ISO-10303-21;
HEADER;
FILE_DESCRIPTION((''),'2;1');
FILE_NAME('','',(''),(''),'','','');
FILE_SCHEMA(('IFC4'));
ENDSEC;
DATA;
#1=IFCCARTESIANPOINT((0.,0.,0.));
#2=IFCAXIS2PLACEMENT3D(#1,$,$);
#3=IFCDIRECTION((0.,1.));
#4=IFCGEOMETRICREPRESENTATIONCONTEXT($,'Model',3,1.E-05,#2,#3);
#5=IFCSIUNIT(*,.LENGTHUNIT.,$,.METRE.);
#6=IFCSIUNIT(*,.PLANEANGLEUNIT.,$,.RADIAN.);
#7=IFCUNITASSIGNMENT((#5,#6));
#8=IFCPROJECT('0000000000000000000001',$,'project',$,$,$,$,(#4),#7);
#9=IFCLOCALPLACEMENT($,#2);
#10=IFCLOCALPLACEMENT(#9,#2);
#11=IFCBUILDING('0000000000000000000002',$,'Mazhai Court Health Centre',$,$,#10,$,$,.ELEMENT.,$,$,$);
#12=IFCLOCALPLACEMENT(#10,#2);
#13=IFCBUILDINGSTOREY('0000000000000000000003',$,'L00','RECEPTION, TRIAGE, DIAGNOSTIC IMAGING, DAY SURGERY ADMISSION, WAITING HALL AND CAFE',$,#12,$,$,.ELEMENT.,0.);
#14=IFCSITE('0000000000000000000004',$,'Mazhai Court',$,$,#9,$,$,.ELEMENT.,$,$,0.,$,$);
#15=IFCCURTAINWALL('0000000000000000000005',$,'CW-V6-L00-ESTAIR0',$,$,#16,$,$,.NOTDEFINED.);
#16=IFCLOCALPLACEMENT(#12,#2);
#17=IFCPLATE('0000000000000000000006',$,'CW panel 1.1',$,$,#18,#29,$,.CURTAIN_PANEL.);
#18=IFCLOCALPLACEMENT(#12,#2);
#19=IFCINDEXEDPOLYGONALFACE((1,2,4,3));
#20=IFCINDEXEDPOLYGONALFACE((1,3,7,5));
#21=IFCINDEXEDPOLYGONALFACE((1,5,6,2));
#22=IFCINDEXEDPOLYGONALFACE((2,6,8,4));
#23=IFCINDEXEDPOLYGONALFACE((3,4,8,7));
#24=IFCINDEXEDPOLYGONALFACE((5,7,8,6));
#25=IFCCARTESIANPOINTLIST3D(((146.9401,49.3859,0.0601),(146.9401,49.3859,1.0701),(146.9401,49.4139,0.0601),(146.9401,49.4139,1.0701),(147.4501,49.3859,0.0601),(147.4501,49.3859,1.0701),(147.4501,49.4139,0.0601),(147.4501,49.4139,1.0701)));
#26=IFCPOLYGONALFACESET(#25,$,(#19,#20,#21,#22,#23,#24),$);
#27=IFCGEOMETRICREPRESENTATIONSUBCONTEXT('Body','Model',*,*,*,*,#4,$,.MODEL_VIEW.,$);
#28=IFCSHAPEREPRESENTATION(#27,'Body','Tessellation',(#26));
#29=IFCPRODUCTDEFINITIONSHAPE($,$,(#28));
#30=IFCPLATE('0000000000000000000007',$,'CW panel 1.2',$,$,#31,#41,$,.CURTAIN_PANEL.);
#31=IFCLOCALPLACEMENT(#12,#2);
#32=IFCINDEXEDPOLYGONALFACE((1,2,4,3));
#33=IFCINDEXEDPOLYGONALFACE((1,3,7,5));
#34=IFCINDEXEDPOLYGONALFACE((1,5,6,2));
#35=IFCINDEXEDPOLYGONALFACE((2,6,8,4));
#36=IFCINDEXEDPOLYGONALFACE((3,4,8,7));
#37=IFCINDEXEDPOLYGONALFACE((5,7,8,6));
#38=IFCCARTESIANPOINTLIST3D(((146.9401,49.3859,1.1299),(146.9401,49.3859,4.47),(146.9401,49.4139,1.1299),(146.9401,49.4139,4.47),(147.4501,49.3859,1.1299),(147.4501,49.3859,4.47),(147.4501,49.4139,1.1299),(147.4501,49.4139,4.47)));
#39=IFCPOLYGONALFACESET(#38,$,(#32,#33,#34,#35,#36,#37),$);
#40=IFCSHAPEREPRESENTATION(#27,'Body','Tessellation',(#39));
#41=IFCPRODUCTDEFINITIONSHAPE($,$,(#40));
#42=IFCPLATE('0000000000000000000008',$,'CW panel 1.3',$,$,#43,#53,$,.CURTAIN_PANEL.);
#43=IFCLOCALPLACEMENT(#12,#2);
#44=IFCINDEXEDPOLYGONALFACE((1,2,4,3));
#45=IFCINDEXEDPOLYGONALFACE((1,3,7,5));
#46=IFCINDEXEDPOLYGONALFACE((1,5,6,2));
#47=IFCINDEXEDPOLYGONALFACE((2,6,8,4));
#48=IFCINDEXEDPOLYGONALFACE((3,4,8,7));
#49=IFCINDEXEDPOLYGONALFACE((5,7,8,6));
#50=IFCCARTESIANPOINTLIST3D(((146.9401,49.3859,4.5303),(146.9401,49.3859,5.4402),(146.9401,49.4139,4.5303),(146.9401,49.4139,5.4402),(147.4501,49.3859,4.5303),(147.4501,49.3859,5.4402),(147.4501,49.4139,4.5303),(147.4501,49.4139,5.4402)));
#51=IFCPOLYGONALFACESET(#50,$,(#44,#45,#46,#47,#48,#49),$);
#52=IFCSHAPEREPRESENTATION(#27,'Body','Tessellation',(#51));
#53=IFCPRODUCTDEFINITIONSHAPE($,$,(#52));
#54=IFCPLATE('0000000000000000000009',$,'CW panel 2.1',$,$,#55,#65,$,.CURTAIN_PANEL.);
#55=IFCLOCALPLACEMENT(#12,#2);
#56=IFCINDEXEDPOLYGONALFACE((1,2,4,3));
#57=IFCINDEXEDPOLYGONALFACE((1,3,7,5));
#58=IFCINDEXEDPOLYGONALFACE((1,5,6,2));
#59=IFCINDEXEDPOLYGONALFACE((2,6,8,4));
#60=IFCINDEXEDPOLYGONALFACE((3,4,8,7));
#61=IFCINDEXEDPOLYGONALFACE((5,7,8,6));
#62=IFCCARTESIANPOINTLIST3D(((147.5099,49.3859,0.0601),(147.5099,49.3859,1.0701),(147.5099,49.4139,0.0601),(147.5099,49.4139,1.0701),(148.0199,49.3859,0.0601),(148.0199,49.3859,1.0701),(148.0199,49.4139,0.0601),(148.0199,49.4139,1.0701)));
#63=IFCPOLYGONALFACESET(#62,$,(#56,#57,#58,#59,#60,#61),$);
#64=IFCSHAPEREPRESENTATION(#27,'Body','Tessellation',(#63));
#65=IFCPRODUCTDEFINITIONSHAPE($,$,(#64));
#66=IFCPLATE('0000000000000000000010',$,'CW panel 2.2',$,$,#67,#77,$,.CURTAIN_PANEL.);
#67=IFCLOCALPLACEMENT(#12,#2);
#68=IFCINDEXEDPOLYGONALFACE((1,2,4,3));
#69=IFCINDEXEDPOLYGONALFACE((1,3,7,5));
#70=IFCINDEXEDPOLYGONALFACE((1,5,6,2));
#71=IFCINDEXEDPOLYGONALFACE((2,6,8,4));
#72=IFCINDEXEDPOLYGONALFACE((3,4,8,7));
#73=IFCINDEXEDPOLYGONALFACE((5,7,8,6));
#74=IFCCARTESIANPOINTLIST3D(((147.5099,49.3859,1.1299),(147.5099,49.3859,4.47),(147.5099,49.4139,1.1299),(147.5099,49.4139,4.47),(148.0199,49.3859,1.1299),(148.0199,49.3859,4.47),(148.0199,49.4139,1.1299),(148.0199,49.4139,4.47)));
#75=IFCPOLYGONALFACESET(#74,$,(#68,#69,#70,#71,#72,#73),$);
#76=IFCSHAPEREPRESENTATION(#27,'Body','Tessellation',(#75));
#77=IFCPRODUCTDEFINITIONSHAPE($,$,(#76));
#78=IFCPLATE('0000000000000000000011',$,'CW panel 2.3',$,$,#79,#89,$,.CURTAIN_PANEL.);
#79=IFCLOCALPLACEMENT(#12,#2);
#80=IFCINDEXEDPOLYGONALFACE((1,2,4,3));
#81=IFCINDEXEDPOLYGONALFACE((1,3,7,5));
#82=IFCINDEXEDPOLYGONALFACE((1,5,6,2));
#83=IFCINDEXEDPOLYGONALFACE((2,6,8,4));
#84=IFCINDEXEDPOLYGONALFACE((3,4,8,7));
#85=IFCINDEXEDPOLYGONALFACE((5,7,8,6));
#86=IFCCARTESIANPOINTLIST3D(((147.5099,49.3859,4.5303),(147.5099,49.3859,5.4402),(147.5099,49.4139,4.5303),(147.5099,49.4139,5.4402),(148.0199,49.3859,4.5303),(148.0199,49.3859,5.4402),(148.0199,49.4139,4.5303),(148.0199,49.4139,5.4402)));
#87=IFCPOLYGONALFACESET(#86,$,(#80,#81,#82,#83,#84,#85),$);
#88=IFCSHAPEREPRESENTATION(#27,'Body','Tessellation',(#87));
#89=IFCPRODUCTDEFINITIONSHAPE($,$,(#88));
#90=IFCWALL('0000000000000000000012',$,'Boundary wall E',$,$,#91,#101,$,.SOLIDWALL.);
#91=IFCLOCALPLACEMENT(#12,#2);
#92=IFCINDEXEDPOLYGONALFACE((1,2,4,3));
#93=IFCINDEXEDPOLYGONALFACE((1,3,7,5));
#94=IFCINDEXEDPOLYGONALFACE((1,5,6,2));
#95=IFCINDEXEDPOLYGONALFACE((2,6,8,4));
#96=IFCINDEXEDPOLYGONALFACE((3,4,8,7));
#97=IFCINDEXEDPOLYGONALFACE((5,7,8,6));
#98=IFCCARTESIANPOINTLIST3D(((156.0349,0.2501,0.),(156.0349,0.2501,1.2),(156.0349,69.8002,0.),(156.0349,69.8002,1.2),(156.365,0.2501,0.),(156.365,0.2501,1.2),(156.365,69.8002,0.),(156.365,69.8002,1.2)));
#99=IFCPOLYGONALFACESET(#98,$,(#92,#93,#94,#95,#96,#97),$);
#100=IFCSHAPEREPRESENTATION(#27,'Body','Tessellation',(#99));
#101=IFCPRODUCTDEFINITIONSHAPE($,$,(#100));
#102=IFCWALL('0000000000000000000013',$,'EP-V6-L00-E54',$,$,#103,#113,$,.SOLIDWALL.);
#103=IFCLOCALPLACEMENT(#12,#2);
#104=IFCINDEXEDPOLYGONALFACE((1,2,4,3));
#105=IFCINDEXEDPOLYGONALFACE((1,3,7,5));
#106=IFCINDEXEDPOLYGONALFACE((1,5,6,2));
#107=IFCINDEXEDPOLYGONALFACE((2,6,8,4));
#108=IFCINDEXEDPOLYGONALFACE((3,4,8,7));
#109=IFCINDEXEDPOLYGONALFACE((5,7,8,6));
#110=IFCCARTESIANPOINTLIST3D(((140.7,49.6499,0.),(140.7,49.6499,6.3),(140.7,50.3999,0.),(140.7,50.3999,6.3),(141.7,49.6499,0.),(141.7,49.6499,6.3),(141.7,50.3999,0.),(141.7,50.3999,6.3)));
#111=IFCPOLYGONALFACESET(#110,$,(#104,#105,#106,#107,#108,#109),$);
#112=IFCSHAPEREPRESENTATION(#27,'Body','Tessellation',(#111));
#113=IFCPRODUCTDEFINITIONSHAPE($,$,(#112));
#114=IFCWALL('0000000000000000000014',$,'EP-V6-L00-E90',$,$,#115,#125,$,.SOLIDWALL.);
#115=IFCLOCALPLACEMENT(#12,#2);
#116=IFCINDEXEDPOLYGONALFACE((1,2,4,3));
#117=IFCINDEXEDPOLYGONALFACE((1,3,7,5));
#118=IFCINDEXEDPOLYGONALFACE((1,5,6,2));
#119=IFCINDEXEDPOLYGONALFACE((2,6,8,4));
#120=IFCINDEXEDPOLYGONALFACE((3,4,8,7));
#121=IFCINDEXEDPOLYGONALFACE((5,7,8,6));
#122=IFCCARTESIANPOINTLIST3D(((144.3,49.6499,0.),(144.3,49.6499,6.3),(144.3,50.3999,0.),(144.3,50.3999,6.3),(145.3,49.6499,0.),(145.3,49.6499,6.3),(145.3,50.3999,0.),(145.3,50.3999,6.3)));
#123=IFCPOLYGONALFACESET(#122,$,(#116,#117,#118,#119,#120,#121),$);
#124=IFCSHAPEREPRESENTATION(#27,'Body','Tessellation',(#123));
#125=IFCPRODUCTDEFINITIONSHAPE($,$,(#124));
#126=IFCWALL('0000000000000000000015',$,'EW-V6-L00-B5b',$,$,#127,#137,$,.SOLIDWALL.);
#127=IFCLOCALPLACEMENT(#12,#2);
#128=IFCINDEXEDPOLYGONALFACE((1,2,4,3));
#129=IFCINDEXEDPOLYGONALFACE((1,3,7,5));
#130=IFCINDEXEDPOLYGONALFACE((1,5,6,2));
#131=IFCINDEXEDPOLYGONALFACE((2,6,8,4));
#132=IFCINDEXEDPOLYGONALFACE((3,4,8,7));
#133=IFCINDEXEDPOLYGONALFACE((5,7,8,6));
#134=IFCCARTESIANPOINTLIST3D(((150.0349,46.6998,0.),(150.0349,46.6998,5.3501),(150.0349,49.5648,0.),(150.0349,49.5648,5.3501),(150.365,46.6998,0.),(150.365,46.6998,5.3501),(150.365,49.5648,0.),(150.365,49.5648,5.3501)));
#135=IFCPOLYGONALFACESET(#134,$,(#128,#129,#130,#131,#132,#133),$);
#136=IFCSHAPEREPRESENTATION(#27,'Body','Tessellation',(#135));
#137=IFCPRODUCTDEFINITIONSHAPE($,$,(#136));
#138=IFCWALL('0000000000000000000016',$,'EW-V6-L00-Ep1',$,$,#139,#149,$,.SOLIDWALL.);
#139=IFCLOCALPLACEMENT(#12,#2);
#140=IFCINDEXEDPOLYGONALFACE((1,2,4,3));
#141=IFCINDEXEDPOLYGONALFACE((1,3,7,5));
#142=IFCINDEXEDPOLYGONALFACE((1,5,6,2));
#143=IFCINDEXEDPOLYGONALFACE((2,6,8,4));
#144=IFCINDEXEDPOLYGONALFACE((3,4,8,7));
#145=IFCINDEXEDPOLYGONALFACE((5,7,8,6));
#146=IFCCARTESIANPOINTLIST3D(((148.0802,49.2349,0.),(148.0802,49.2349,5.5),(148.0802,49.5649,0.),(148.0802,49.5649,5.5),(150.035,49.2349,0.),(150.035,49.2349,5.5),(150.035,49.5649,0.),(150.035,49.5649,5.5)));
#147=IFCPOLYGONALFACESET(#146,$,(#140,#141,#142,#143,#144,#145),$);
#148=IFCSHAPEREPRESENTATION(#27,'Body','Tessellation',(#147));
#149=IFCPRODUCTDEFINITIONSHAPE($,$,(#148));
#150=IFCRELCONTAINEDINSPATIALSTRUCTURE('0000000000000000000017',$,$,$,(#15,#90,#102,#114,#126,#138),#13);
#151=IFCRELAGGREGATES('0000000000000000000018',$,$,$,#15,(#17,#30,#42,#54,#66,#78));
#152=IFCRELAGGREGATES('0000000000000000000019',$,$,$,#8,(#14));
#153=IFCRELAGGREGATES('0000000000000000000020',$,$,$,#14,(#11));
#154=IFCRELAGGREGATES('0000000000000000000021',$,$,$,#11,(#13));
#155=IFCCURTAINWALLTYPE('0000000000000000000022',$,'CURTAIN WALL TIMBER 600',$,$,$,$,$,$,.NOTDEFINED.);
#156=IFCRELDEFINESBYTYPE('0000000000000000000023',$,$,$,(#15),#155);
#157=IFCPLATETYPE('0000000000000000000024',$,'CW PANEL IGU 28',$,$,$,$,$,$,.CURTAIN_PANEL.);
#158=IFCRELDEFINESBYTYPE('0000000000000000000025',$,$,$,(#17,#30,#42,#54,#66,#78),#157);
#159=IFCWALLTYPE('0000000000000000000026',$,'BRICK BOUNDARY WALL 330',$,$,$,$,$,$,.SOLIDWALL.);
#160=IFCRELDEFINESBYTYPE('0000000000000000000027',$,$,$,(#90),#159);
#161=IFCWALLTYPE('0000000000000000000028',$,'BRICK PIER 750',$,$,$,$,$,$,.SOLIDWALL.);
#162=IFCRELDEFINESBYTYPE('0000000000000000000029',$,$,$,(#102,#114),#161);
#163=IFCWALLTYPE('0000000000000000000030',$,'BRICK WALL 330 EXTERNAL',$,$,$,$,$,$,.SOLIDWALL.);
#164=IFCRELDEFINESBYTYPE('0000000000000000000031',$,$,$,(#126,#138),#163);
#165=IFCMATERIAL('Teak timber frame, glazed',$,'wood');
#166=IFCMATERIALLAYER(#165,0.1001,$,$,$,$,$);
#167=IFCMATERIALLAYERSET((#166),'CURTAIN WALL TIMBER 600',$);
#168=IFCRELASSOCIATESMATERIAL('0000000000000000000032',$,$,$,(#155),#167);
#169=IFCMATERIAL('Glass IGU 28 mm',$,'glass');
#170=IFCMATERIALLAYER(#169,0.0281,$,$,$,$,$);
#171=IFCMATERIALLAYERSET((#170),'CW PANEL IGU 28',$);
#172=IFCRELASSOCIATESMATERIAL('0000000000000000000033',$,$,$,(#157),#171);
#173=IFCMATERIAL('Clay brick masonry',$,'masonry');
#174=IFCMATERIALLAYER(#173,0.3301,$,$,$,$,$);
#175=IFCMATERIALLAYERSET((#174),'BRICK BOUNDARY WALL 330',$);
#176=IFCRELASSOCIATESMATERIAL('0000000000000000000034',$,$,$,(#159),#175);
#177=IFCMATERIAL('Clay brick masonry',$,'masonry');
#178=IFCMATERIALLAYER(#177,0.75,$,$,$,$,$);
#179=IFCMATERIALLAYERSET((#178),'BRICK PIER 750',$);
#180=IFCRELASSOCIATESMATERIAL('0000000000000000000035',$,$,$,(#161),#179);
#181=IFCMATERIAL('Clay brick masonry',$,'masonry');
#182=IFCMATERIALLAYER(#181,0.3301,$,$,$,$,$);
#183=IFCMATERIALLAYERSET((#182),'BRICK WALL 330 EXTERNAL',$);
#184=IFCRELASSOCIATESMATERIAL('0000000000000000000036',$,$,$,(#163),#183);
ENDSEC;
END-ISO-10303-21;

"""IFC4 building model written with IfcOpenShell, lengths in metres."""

from ifc_helpers import new_model, si_unit, direction, frame, frame_2d, origin, origin_2d, place, context, subcontext, project, spatial, rectangle, extrude, material, layer, layer_set, type_object, element, aggregate, save


model = new_model("IFC4")

# Units and contexts
model_context = context("Model", 3, precision=1e-05, world=origin(), true_north=direction((0.0, 1.0)))
body_context = subcontext(model_context, "Body", "Model", "MODEL_VIEW")
ifc_project = project(units=[si_unit("LENGTHUNIT", "METRE"), si_unit("PLANEANGLEUNIT", "RADIAN")], contexts=[model_context])

# Site, building, storey
site_placement = place(None, origin())
site = spatial("IfcSite", under=ifc_project, at=site_placement, Name="Mazhai Court", CompositionType="ELEMENT", RefElevation=0.0)
building_placement = place(site_placement, origin())
building = spatial("IfcBuilding", under=site, at=building_placement, Name="Mazhai Court Health Centre", CompositionType="ELEMENT")
storey_placement = place(building_placement, origin())
storey = spatial("IfcBuildingStorey", under=building, at=storey_placement, Name="L00", Description="RECEPTION, TRIAGE, DIAGNOSTIC IMAGING, DAY SURGERY ADMISSION, WAITING HALL AND CAFE", CompositionType="ELEMENT", Elevation=0.0)

# Curtain wall, plates
ifc_material_1 = material(Name="Teak timber frame, glazed", Category="wood")
ifc_layer_1 = layer(ifc_material_1, 0.1001)
ifc_layer_set_1 = layer_set([ifc_layer_1], Name="CURTAIN WALL TIMBER 600")
curtain_wall_type = type_object("IfcCurtainWallType", Name="CURTAIN WALL TIMBER 600", PredefinedType="NOTDEFINED", material=ifc_layer_set_1)
curtain_wall_placement = place(storey_placement, origin())
curtain_wall = element("IfcCurtainWall", 1, at=curtain_wall_placement, inside=storey, type_object=curtain_wall_type, Name="CW-V6-L00-ESTAIR0", PredefinedType="NOTDEFINED")
ifc_material_2 = material(Name="Glass IGU 28 mm", Category="glass")
ifc_layer_2 = layer(ifc_material_2, 0.0281)
ifc_layer_set_2 = layer_set([ifc_layer_2], Name="CW PANEL IGU 28")
plate_type = type_object("IfcPlateType", Name="CW PANEL IGU 28", PredefinedType="CURTAIN_PANEL", material=ifc_layer_set_2)
plate_1_placement = place(storey_placement, frame((147.1951, 49.3999, 0.0601), z_axis=(0.0, 0.0, 1.0), x_axis=(1.0, 0.0, 0.0)))
plate_1 = element("IfcPlate", 2, at=plate_1_placement, type_object=plate_type, Name="CW panel 1.1", PredefinedType="CURTAIN_PANEL", context=body_context, shape_type="SweptSolid", body=[
    extrude(rectangle(XDim=0.51, YDim=0.0281, at=origin_2d()), origin(), (0.0, 0.0, 1.0), 1.01),
])
plate_2_placement = place(storey_placement, frame((147.1951, 49.3999, 1.1299), z_axis=(0.0, 0.0, 1.0), x_axis=(1.0, 0.0, 0.0)))
plate_2 = element("IfcPlate", 3, at=plate_2_placement, type_object=plate_type, Name="CW panel 1.2", PredefinedType="CURTAIN_PANEL", context=body_context, shape_type="SweptSolid", body=[
    extrude(rectangle(XDim=0.51, YDim=0.0281, at=origin_2d()), origin(), (0.0, 0.0, 1.0), 3.3401),
])
plate_3_placement = place(storey_placement, frame((147.1951, 49.3999, 4.5303), z_axis=(0.0, 0.0, 1.0), x_axis=(1.0, 0.0, 0.0)))
plate_3 = element("IfcPlate", 4, at=plate_3_placement, type_object=plate_type, Name="CW panel 1.3", PredefinedType="CURTAIN_PANEL", context=body_context, shape_type="SweptSolid", body=[
    extrude(rectangle(XDim=0.51, YDim=0.0281, at=origin_2d()), origin(), (0.0, 0.0, 1.0), 0.9099),
])
plate_4_placement = place(storey_placement, frame((147.7649, 49.3999, 0.0601), z_axis=(0.0, 0.0, 1.0), x_axis=(1.0, 0.0, 0.0)))
plate_4 = element("IfcPlate", 5, at=plate_4_placement, type_object=plate_type, Name="CW panel 2.1", PredefinedType="CURTAIN_PANEL", context=body_context, shape_type="SweptSolid", body=[
    extrude(rectangle(XDim=0.51, YDim=0.0281, at=origin_2d()), origin(), (0.0, 0.0, 1.0), 1.01),
])
plate_5_placement = place(storey_placement, frame((147.7649, 49.3999, 1.1299), z_axis=(0.0, 0.0, 1.0), x_axis=(1.0, 0.0, 0.0)))
plate_5 = element("IfcPlate", 6, at=plate_5_placement, type_object=plate_type, Name="CW panel 2.2", PredefinedType="CURTAIN_PANEL", context=body_context, shape_type="SweptSolid", body=[
    extrude(rectangle(XDim=0.51, YDim=0.0281, at=origin_2d()), origin(), (0.0, 0.0, 1.0), 3.3401),
])
plate_6_placement = place(storey_placement, frame((147.7649, 49.3999, 4.5303), z_axis=(0.0, 0.0, 1.0), x_axis=(1.0, 0.0, 0.0)))
plate_6 = element("IfcPlate", 7, at=plate_6_placement, type_object=plate_type, Name="CW panel 2.3", PredefinedType="CURTAIN_PANEL", context=body_context, shape_type="SweptSolid", body=[
    extrude(rectangle(XDim=0.51, YDim=0.0281, at=origin_2d()), origin(), (0.0, 0.0, 1.0), 0.9099),
])
aggregate(curtain_wall, [plate_1, plate_2, plate_3, plate_4, plate_5, plate_6])

# Walls
ifc_material_3 = material(Name="Clay brick masonry", Category="masonry")
ifc_layer_3 = layer(ifc_material_3, 0.3301)
ifc_layer_set_3 = layer_set([ifc_layer_3], Name="BRICK BOUNDARY WALL 330")
wall_type_1 = type_object("IfcWallType", Name="BRICK BOUNDARY WALL 330", PredefinedType="SOLIDWALL", material=ifc_layer_set_3)
wall_1_placement = place(storey_placement, frame((156.2, 69.8, 0.0), z_axis=(0.0, 0.0, 1.0), x_axis=(0.0, -1.0, 0.0)))
element("IfcWall", 8, at=wall_1_placement, inside=storey, type_object=wall_type_1, Name="Boundary wall E", PredefinedType="SOLIDWALL", context=body_context, shape_type="SweptSolid", body=[
    extrude(rectangle(XDim=69.55, YDim=0.3301, at=frame_2d((34.7749, 0.0))), origin(), (0.0, 0.0, 1.0), 1.2),
])
ifc_material_4 = material(Name="Clay brick masonry", Category="masonry")
ifc_layer_4 = layer(ifc_material_4, 0.75)
ifc_layer_set_4 = layer_set([ifc_layer_4], Name="BRICK PIER 750")
wall_type_2 = type_object("IfcWallType", Name="BRICK PIER 750", PredefinedType="SOLIDWALL", material=ifc_layer_set_4)
for number, where, z_axis, x_axis, name in (
    (9, (140.7, 50.0249, 0.0), (0.0, 0.0, 1.0), (1.0, 0.0, 0.0), "EP-V6-L00-E54"),
    (10, (144.3, 50.0249, 0.0), (0.0, 0.0, 1.0), (1.0, 0.0, 0.0), "EP-V6-L00-E90"),
):
    element("IfcWall", number, at=place(storey_placement, frame(where, z_axis=z_axis, x_axis=x_axis)), inside=storey, type_object=wall_type_2, Name=name, PredefinedType="SOLIDWALL", context=body_context, shape_type="SweptSolid", body=[
        extrude(rectangle(XDim=1.0, YDim=0.75, at=frame_2d((0.5, 0.0))), origin(), (0.0, 0.0, 1.0), 6.3),
    ])
ifc_material_5 = material(Name="Clay brick masonry", Category="masonry")
ifc_layer_5 = layer(ifc_material_5, 0.3301)
ifc_layer_set_5 = layer_set([ifc_layer_5], Name="BRICK WALL 330 EXTERNAL")
wall_type_3 = type_object("IfcWallType", Name="BRICK WALL 330 EXTERNAL", PredefinedType="SOLIDWALL", material=ifc_layer_set_5)
wall_2_placement = place(storey_placement, frame((150.2, 49.5649, 0.0), z_axis=(0.0, 0.0, 1.0), x_axis=(0.0, -1.0, 0.0)))
element("IfcWall", 11, at=wall_2_placement, inside=storey, type_object=wall_type_3, Name="EW-V6-L00-B5b", PredefinedType="SOLIDWALL", context=body_context, shape_type="SweptSolid", body=[
    extrude(rectangle(XDim=2.865, YDim=0.3301, at=frame_2d((1.4326, 0.0))), origin(), (0.0, 0.0, 1.0), 5.3501),
])
wall_3_placement = place(storey_placement, frame((148.0801, 49.3999, 0.0), z_axis=(0.0, 0.0, 1.0), x_axis=(1.0, 0.0, 0.0)))
element("IfcWall", 12, at=wall_3_placement, inside=storey, type_object=wall_type_3, Name="EW-V6-L00-Ep1", PredefinedType="SOLIDWALL", context=body_context, shape_type="SweptSolid", body=[
    extrude(rectangle(XDim=1.9548, YDim=0.3301, at=frame_2d((0.9775, 0.0))), origin(), (0.0, 0.0, 1.0), 5.5),
])

save(model, "model.ifc")
